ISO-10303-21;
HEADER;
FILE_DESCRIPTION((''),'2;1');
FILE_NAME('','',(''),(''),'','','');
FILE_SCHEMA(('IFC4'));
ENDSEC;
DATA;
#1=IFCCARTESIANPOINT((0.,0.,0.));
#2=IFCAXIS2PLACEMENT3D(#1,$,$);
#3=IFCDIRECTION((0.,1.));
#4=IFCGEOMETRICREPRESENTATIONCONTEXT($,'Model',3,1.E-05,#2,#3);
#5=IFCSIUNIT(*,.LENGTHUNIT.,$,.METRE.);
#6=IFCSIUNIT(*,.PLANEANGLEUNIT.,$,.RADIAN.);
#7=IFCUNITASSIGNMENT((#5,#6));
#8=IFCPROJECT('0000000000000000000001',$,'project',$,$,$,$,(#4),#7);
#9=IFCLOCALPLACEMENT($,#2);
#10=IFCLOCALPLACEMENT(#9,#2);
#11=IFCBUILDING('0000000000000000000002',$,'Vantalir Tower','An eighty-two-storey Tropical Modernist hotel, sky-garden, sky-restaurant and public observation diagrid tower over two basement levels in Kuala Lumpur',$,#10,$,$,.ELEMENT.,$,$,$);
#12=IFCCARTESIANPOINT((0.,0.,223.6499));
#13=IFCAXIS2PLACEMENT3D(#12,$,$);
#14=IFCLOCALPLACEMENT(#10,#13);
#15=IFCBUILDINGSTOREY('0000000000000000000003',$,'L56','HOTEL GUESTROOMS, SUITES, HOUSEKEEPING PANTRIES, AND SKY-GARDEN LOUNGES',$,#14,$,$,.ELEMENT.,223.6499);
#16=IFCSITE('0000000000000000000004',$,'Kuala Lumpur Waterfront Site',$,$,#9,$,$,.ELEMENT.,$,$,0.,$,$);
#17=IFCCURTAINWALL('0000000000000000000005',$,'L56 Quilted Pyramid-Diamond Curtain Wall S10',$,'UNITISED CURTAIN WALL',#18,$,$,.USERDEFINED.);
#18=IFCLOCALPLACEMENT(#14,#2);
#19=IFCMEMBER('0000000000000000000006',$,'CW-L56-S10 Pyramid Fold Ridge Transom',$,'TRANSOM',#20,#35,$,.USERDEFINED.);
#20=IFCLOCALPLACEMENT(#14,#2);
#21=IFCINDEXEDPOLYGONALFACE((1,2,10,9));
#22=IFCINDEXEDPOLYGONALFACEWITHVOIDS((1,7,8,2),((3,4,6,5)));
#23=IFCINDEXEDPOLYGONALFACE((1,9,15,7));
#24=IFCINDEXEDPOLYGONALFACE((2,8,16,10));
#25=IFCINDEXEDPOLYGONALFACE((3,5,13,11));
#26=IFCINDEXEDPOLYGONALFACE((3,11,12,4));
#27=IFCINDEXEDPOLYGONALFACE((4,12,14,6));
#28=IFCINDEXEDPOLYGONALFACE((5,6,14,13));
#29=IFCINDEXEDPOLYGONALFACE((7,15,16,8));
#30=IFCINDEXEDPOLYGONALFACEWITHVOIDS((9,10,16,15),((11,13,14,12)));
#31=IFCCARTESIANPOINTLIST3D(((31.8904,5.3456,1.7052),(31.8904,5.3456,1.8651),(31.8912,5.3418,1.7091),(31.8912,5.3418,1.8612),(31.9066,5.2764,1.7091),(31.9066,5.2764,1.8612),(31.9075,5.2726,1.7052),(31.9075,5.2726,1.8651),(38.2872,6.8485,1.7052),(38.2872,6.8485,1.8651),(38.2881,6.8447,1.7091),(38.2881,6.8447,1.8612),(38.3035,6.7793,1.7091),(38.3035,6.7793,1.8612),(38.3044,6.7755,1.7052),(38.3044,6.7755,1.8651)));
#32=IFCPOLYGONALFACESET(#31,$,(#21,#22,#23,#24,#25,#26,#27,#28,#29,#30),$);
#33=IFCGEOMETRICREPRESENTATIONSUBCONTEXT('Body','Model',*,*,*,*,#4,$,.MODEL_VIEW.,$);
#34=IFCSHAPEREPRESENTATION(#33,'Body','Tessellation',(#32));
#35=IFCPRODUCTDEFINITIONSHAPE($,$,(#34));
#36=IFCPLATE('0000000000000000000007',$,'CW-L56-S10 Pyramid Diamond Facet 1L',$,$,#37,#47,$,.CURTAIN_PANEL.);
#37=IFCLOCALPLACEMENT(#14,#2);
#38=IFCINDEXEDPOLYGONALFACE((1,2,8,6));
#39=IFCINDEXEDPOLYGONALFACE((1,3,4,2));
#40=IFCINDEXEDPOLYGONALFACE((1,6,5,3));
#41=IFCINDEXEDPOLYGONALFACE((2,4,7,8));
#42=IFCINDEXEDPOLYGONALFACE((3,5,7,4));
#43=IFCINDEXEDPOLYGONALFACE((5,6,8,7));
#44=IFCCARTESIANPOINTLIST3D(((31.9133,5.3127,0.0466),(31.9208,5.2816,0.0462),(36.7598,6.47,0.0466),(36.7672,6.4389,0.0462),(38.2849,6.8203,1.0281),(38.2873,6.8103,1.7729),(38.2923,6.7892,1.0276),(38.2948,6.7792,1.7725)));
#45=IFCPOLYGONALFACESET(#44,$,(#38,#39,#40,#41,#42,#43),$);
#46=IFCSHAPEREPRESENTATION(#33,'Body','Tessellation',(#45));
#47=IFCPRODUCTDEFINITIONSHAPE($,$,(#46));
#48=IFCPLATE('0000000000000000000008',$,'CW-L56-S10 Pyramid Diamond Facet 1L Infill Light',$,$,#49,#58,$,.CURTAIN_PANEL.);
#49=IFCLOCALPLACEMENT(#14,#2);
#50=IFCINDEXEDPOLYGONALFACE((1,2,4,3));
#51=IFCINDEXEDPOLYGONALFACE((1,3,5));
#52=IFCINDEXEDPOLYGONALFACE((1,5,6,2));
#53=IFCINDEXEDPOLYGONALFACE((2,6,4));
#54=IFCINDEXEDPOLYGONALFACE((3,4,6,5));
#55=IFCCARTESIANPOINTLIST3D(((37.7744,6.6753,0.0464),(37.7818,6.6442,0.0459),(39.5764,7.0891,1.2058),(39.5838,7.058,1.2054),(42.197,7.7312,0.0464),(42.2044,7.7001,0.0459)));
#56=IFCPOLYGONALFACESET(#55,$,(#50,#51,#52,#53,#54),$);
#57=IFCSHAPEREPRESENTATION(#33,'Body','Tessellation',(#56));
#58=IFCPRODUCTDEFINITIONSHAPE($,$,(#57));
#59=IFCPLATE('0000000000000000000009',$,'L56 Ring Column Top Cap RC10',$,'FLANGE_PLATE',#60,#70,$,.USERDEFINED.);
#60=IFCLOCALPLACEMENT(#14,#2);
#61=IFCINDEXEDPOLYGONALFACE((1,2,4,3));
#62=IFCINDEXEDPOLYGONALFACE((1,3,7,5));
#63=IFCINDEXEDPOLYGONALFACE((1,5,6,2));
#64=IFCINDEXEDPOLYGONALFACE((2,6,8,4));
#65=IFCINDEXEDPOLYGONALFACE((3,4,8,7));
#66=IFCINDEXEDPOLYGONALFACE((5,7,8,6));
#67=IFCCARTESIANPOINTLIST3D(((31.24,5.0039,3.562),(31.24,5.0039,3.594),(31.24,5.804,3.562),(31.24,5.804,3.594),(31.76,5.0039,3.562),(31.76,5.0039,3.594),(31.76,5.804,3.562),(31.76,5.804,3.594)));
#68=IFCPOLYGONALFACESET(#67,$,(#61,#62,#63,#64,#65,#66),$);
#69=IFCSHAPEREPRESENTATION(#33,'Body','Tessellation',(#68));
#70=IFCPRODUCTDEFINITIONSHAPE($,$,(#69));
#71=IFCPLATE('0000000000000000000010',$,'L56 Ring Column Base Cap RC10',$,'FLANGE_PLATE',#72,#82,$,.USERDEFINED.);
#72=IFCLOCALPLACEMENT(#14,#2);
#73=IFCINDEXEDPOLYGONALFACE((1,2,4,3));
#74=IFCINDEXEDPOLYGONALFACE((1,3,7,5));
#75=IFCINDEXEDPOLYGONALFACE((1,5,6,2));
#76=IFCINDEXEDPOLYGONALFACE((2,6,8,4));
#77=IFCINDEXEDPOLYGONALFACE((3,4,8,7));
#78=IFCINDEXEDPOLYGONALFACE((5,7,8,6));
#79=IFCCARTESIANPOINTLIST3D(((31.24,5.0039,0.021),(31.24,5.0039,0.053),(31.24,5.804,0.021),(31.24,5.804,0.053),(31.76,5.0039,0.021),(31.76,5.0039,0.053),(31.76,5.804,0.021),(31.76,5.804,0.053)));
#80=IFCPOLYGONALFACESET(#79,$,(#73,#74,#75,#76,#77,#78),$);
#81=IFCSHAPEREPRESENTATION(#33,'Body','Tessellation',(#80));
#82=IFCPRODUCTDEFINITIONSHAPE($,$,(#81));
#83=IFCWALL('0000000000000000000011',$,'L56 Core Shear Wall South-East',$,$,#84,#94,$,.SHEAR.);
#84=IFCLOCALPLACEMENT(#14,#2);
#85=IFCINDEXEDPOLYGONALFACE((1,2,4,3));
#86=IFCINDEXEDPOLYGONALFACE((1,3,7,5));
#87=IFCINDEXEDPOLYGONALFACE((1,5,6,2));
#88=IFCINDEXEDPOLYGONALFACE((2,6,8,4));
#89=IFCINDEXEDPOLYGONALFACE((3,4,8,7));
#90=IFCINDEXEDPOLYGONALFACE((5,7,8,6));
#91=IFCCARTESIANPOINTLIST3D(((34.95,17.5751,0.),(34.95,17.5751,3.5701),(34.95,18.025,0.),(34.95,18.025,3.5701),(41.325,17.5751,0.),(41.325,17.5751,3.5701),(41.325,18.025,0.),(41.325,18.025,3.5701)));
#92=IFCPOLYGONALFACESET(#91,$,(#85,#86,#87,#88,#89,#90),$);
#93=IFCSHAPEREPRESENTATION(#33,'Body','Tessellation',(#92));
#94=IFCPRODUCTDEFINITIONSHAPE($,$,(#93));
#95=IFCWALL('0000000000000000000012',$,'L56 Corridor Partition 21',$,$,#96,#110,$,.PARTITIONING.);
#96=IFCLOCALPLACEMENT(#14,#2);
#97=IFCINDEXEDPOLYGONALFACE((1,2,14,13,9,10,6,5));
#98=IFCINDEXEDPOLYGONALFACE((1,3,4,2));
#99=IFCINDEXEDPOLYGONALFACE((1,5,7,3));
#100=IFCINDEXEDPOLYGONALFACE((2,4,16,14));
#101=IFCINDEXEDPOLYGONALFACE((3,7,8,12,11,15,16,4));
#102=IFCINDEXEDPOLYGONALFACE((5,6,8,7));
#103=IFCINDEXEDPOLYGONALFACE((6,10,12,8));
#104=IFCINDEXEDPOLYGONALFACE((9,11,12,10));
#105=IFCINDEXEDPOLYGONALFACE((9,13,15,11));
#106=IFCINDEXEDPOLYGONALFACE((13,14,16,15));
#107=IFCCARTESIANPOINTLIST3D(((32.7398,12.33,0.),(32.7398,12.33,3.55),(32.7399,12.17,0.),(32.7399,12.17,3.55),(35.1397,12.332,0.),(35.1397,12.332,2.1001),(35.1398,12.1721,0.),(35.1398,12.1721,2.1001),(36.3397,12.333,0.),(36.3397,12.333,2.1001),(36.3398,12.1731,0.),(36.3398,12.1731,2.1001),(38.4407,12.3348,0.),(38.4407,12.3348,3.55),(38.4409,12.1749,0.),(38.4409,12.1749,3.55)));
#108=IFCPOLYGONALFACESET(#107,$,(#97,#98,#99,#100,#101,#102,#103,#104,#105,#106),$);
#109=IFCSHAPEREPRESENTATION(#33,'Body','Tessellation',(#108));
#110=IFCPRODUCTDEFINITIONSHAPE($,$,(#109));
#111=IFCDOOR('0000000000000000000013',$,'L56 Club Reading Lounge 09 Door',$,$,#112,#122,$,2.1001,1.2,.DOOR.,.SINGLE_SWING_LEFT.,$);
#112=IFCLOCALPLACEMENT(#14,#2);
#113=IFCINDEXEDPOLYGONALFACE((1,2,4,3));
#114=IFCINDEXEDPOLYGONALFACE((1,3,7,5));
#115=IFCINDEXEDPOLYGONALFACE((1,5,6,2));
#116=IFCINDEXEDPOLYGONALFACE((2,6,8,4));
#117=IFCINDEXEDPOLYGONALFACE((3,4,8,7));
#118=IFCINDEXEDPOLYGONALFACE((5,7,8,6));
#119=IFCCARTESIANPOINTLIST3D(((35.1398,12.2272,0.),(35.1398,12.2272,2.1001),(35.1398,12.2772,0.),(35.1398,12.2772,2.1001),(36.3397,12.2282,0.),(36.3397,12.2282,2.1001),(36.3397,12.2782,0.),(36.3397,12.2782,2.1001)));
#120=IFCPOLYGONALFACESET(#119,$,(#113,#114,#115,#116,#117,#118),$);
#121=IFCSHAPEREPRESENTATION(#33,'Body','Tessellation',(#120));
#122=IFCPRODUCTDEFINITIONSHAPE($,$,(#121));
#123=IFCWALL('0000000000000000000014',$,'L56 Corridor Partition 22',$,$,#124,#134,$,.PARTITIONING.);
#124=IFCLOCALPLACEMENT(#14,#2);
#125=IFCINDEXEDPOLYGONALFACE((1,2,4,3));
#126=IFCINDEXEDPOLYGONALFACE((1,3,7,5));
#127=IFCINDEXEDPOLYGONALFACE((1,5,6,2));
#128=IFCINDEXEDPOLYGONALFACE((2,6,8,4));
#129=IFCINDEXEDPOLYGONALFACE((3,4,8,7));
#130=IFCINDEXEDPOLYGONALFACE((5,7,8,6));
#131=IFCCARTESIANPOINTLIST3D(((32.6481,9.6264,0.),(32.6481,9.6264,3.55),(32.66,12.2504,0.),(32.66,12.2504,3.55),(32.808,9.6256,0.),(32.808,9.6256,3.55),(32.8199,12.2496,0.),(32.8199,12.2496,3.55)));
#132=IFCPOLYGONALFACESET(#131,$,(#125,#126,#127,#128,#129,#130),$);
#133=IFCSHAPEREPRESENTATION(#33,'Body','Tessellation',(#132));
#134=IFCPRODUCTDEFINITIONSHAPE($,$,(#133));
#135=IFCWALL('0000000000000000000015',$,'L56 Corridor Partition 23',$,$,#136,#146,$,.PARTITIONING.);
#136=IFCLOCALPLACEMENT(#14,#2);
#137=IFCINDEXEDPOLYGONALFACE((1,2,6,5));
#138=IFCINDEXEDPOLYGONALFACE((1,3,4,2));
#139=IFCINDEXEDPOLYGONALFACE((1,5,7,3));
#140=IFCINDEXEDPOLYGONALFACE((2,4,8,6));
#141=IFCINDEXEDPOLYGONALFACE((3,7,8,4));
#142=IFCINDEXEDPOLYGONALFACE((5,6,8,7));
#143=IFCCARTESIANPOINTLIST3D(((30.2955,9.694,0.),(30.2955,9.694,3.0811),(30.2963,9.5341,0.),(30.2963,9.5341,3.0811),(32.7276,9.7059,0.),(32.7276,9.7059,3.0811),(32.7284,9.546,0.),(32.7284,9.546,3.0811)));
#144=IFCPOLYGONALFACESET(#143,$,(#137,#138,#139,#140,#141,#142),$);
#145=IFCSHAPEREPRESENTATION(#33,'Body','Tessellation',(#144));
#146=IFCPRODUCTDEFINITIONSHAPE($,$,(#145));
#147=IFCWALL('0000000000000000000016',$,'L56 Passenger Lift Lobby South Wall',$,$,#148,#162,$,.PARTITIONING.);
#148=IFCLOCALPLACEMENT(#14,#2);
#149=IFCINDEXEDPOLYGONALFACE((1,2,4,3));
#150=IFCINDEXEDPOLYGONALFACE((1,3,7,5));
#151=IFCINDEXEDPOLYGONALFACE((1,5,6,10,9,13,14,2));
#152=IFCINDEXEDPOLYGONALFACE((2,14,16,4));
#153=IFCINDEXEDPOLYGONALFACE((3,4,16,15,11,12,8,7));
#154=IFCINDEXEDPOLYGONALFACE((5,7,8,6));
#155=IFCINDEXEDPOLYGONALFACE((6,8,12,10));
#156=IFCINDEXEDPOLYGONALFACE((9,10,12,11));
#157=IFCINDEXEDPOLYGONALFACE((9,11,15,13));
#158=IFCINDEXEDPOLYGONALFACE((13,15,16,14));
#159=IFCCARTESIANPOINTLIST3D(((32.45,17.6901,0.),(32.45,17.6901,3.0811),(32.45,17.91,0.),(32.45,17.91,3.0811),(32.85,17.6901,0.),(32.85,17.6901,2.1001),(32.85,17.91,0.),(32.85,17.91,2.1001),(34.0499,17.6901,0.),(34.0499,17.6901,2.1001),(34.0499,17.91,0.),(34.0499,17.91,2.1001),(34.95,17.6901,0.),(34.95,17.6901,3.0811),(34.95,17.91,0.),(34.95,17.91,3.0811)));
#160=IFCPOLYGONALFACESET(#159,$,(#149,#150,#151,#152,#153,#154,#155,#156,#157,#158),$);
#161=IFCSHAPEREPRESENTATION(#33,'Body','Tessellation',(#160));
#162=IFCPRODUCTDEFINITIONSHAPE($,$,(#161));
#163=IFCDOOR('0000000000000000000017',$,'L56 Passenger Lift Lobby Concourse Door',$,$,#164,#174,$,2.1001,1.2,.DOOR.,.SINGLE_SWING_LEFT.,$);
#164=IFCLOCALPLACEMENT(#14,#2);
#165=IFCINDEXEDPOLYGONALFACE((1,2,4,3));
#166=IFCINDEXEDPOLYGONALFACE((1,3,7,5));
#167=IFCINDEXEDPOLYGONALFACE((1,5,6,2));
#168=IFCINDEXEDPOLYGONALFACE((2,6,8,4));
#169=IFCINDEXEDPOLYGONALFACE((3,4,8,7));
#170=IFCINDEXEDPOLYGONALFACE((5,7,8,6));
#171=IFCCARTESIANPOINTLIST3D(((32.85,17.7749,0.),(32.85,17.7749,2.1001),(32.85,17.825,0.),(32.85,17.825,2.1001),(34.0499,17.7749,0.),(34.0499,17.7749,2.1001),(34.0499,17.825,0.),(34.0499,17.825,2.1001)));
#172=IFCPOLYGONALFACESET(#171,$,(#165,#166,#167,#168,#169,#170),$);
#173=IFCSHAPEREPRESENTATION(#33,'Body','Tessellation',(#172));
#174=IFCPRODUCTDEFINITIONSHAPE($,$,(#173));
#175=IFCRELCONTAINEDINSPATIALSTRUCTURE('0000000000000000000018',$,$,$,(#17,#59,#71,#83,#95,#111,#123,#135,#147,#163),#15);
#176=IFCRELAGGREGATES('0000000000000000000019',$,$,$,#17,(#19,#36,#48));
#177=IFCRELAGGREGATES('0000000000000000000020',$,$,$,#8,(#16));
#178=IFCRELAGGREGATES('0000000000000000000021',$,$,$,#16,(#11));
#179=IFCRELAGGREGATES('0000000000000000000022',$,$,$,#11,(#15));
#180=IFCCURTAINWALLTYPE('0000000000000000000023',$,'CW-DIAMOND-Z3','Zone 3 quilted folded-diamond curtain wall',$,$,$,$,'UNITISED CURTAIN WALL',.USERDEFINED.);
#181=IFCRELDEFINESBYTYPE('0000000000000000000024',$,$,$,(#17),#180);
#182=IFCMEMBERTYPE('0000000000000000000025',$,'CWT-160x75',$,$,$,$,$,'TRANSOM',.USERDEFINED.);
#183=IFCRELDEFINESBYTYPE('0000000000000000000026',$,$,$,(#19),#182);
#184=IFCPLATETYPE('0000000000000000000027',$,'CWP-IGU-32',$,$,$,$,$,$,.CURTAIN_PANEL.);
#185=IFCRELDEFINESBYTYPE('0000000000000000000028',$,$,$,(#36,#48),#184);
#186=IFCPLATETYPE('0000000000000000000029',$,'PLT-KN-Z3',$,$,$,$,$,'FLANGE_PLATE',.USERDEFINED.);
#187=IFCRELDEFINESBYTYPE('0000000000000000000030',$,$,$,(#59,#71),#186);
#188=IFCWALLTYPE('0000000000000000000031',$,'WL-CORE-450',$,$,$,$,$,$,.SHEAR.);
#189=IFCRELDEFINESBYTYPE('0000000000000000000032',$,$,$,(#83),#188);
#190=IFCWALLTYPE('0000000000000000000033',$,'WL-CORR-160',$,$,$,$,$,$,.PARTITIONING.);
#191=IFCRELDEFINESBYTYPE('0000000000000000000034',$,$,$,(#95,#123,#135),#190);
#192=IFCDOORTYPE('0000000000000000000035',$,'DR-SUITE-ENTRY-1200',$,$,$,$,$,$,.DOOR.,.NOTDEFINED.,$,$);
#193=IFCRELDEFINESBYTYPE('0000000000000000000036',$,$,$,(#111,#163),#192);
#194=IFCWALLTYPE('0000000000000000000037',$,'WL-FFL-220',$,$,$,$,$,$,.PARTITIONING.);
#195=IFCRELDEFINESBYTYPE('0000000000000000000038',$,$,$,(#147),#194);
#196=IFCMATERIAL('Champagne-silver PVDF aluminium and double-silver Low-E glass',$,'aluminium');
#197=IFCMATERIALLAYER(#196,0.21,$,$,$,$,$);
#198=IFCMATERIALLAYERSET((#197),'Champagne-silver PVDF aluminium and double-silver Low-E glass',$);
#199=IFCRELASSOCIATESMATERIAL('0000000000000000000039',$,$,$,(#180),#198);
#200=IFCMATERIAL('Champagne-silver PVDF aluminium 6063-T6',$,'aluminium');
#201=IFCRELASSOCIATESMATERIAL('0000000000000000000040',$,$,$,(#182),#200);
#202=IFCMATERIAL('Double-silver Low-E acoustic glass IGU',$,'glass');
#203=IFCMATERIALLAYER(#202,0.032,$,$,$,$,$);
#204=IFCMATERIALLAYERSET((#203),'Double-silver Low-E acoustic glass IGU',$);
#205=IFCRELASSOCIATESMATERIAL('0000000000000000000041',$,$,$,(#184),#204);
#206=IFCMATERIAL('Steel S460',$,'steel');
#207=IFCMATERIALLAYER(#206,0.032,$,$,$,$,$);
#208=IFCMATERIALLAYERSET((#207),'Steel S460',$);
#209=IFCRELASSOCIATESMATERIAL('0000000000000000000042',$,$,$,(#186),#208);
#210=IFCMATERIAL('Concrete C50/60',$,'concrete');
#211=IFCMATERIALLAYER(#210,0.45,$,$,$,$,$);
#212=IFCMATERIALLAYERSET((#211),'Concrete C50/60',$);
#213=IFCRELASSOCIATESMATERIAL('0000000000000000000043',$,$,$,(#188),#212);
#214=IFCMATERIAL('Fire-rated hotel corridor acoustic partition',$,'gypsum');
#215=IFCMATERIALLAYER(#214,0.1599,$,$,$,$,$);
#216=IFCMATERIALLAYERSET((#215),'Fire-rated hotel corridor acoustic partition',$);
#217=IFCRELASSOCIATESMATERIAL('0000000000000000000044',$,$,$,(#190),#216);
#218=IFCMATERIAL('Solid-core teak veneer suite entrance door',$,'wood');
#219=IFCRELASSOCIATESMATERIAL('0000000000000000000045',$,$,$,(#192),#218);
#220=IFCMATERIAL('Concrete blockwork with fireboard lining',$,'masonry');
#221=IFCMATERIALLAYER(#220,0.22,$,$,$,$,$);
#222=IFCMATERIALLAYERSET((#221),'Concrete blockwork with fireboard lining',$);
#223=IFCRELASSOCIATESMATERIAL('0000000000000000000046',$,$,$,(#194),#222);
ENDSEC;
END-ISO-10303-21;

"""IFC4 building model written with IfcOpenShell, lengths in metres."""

from ifc_helpers import new_model, si_unit, direction, frame, frame_2d, origin, origin_2d, place, context, subcontext, project, spatial, polyline, rectangle, hollow_rectangle, outline, extrude, material, layer, layer_set, material_profile, profile_set, type_object, element, fill, aggregate, save


model = new_model("IFC4")

# Units and contexts
model_context = context("Model", 3, precision=1e-05, world=origin(), true_north=direction((0.0, 1.0)))
body_context = subcontext(model_context, "Body", "Model", "MODEL_VIEW")
ifc_project = project(units=[si_unit("LENGTHUNIT", "METRE"), si_unit("PLANEANGLEUNIT", "RADIAN")], contexts=[model_context])

# Site, building, storey
site_placement = place(None, origin())
site = spatial("IfcSite", under=ifc_project, at=site_placement, Name="Kuala Lumpur Waterfront Site", CompositionType="ELEMENT", RefElevation=0.0)
building_placement = place(site_placement, origin())
building = spatial("IfcBuilding", under=site, at=building_placement, Name="Vantalir Tower", Description="An eighty-two-storey Tropical Modernist hotel, sky-garden, sky-restaurant and public observation diagrid tower over two basement levels in Kuala Lumpur", CompositionType="ELEMENT")
storey_placement = place(building_placement, frame((0.0, 0.0, 223.6499)))
storey = spatial("IfcBuildingStorey", under=building, at=storey_placement, Name="L56", Description="HOTEL GUESTROOMS, SUITES, HOUSEKEEPING PANTRIES, AND SKY-GARDEN LOUNGES", CompositionType="ELEMENT", Elevation=223.6499)

# Shared definitions
ifc_material_1 = material(Name="Concrete C50/60", Category="concrete")
ifc_material_2 = material(Name="Steel S460", Category="steel")

# Shared definitions
ifc_material_3 = material(Name="Champagne-silver PVDF aluminium and double-silver Low-E glass", Category="aluminium")
ifc_layer_1 = layer(ifc_material_3, 0.21)
ifc_layer_set_1 = layer_set([ifc_layer_1], Name="Champagne-silver PVDF aluminium and double-silver Low-E glass")
curtain_wall_type = type_object("IfcCurtainWallType", Name="CW-DIAMOND-Z3", Description="Zone 3 quilted folded-diamond curtain wall", ElementType="UNITISED CURTAIN WALL", PredefinedType="USERDEFINED", material=ifc_layer_set_1)
ifc_material_4 = material(Name="Champagne-silver PVDF aluminium 6063-T6", Category="aluminium")

# Curtain wall, member, plates
curtain_wall_1_placement = place(storey_placement, origin())
curtain_wall_1 = element("IfcCurtainWall", 1, at=curtain_wall_1_placement, inside=storey, type_object=curtain_wall_type, Name="L56 Quilted Pyramid-Diamond Curtain Wall S10", ObjectType="UNITISED CURTAIN WALL", PredefinedType="USERDEFINED")
ifc_material_profile_1 = material_profile(ifc_material_4, hollow_rectangle(XDim=0.075, YDim=0.1599, WallThickness=0.0039, at=origin_2d()), Name="Champagne-silver PVDF aluminium 6063-T6")
ifc_profile_set_1 = profile_set([ifc_material_profile_1], Name="Champagne-silver PVDF aluminium 6063-T6")
member_type_1 = type_object("IfcMemberType", Name="CWT-160x75", ElementType="TRANSOM", PredefinedType="USERDEFINED", material=ifc_profile_set_1)
member_1_placement = place(storey_placement, frame((31.8989, 5.3091, 1.7852), z_axis=(0.973493, 0.228716, 0.0), x_axis=(-0.228716, 0.973493, 0.0)))
member_1 = element("IfcMember", 2, at=member_1_placement, type_object=member_type_1, Name="CW-L56-S10 Pyramid Fold Ridge Transom", ObjectType="TRANSOM", PredefinedType="USERDEFINED", context=body_context, shape_type="SweptSolid", body=[
    extrude(hollow_rectangle(XDim=0.075, YDim=0.1599, WallThickness=0.0039, at=origin_2d()), origin(), (0.0, 0.0, 1.0), 6.571),
])
ifc_material_5 = material(Name="Double-silver Low-E acoustic glass IGU", Category="glass")
ifc_layer_2 = layer(ifc_material_5, 0.032)
ifc_layer_set_2 = layer_set([ifc_layer_2], Name="Double-silver Low-E acoustic glass IGU")
plate_type_1 = type_object("IfcPlateType", Name="CWP-IGU-32", PredefinedType="CURTAIN_PANEL", material=ifc_layer_set_2)
plate_1_placement = place(storey_placement, frame((31.9133, 5.3127, 0.0466), z_axis=(-0.232237, 0.972562, 0.013768), x_axis=(0.972654, 0.232259, 0.0)))
plate_1 = element("IfcPlate", 3, at=plate_1_placement, type_object=plate_type_1, Name="CW-L56-S10 Pyramid Diamond Facet 1L", PredefinedType="CURTAIN_PANEL", context=body_context, shape_type="SweptSolid", body=[
    extrude(outline(polyline([(0.0, 0.0), (4.9827, 0.0), (6.5475, -0.9815), (6.5475, -1.7265), (0.0, 0.0)])), origin(), (0.0, 0.0, -1.0), 0.032),
])
plate_2_placement = place(storey_placement, frame((37.7744, 6.6753, 0.0464), z_axis=(-0.232203, 0.97257, 0.013769), x_axis=(0.972662, 0.232225, 0.0)))
plate_2 = element("IfcPlate", 4, at=plate_2_placement, type_object=plate_type_1, Name="CW-L56-S10 Pyramid Diamond Facet 1L Infill Light", PredefinedType="CURTAIN_PANEL", context=body_context, shape_type="SweptSolid", body=[
    extrude(outline(polyline([(0.0, 0.0), (4.5469, 0.0), (1.8488, -1.1595), (0.0, 0.0)])), origin(), (0.0, 0.0, -1.0), 0.032),
])
aggregate(curtain_wall_1, [member_1, plate_1, plate_2])

# Plates
ifc_layer_3 = layer(ifc_material_2, 0.032)
ifc_layer_set_3 = layer_set([ifc_layer_3], Name="Steel S460")
plate_type_2 = type_object("IfcPlateType", Name="PLT-KN-Z3", ElementType="FLANGE_PLATE", PredefinedType="USERDEFINED", material=ifc_layer_set_3)
for number, where, z_axis, x_axis, name in (
    (5, (31.24, 5.804, 3.594), (0.0, 0.0, 1.0), (0.0, -1.0, 0.0), "L56 Ring Column Top Cap RC10"),
    (6, (31.24, 5.804, 0.053), (0.0, 0.0, 1.0), (0.0, -1.0, 0.0), "L56 Ring Column Base Cap RC10"),
):
    element("IfcPlate", number, at=place(storey_placement, frame(where, z_axis=z_axis, x_axis=x_axis)), inside=storey, type_object=plate_type_2, Name=name, ObjectType="FLANGE_PLATE", PredefinedType="USERDEFINED", context=body_context, shape_type="SweptSolid", body=[
        extrude(outline(polyline([(0.0, 0.0), (0.8, 0.0), (0.8, 0.52), (0.0, 0.52), (0.0, 0.0)])), origin(), (0.0, 0.0, -1.0), 0.032),
    ])

# Wall
ifc_layer_4 = layer(ifc_material_1, 0.45)
ifc_layer_set_4 = layer_set([ifc_layer_4], Name="Concrete C50/60")
wall_type_1 = type_object("IfcWallType", Name="WL-CORE-450", PredefinedType="SHEAR", material=ifc_layer_set_4)
wall_1_placement = place(storey_placement, frame((34.95, 17.8, 0.0), z_axis=(0.0, 0.0, 1.0), x_axis=(1.0, 0.0, 0.0)))
element("IfcWall", 7, at=wall_1_placement, inside=storey, type_object=wall_type_1, Name="L56 Core Shear Wall South-East", PredefinedType="SHEAR", context=body_context, shape_type="SweptSolid", body=[
    extrude(rectangle(XDim=6.375, YDim=0.45, at=frame_2d((3.1875, 0.0))), origin(), (0.0, 0.0, 1.0), 3.5701),
])

# Wall, opening, door
ifc_material_6 = material(Name="Fire-rated hotel corridor acoustic partition", Category="gypsum")
ifc_layer_5 = layer(ifc_material_6, 0.1599)
ifc_layer_set_5 = layer_set([ifc_layer_5], Name="Fire-rated hotel corridor acoustic partition")
wall_type_2 = type_object("IfcWallType", Name="WL-CORR-160", PredefinedType="PARTITIONING", material=ifc_layer_set_5)
wall_2_placement = place(storey_placement, frame((38.4409, 12.2549, 0.0), z_axis=(0.0, 0.0, 1.0), x_axis=(-1.0, -0.000856, 0.0)))
wall_2 = element("IfcWall", 8, at=wall_2_placement, inside=storey, type_object=wall_type_2, Name="L56 Corridor Partition 21", PredefinedType="PARTITIONING", context=body_context, shape_type="SweptSolid", body=[
    extrude(rectangle(XDim=5.7009, YDim=0.1599, at=frame_2d((2.8506, 0.0))), origin(), (0.0, 0.0, 1.0), 3.55),
])
opening_1_placement = place(wall_2_placement, frame((2.1011, 0.0, 0.0)))
opening_1 = element("IfcOpeningElement", 9, at=opening_1_placement, cuts=wall_2, PredefinedType="OPENING", context=body_context, shape_type="SweptSolid", body=[
    extrude(rectangle(XDim=1.2, YDim=2.1001, at=frame_2d((0.6001, 1.05))), frame((0.0, 0.0898, 0.0), z_axis=(0.0, -1.0, 0.0), x_axis=(1.0, 0.0, 0.0)), (0.0, 0.0, 1.0), 0.1799),
])
ifc_material_7 = material(Name="Solid-core teak veneer suite entrance door", Category="wood")
door_type = type_object("IfcDoorType", Name="DR-SUITE-ENTRY-1200", OperationType="NOTDEFINED", PredefinedType="DOOR", material=ifc_material_7)
door_1_placement = place(opening_1_placement, origin())
door_1 = element("IfcDoor", 10, at=door_1_placement, inside=storey, type_object=door_type, Name="L56 Club Reading Lounge 09 Door", OperationType="SINGLE_SWING_LEFT", OverallHeight=2.1001, OverallWidth=1.2, PredefinedType="DOOR", context=body_context, shape_type="SweptSolid", body=[
    extrude(rectangle(XDim=1.2, YDim=2.1001, at=frame_2d((0.6001, 1.05))), frame((0.0, 0.0249, 0.0), z_axis=(0.0, -1.0, 0.0), x_axis=(1.0, 0.0, 0.0)), (0.0, 0.0, 1.0), 0.05),
])
fill(opening_1, door_1)

# Walls
wall_3_placement = place(storey_placement, frame((32.74, 12.25, 0.0), z_axis=(0.0, 0.0, 1.0), x_axis=(-0.004559, -0.99999, 0.0)))
element("IfcWall", 11, at=wall_3_placement, inside=storey, type_object=wall_type_2, Name="L56 Corridor Partition 22", PredefinedType="PARTITIONING", context=body_context, shape_type="SweptSolid", body=[
    extrude(rectangle(XDim=2.624, YDim=0.1599, at=frame_2d((1.312, 0.0))), origin(), (0.0, 0.0, 1.0), 3.55),
])
wall_4_placement = place(storey_placement, frame((32.728, 9.626, 0.0), z_axis=(0.0, 0.0, 1.0), x_axis=(-0.999988, -0.004919, 0.0)))
element("IfcWall", 12, at=wall_4_placement, inside=storey, type_object=wall_type_2, Name="L56 Corridor Partition 23", PredefinedType="PARTITIONING", context=body_context, shape_type="SweptSolid", body=[
    extrude(rectangle(XDim=2.4321, YDim=0.1599, at=frame_2d((1.2161, 0.0))), origin(), (0.0, 0.0, 1.0), 3.0811),
])

# Wall, opening, door
ifc_material_8 = material(Name="Concrete blockwork with fireboard lining", Category="masonry")
ifc_layer_6 = layer(ifc_material_8, 0.22)
ifc_layer_set_6 = layer_set([ifc_layer_6], Name="Concrete blockwork with fireboard lining")
wall_type_3 = type_object("IfcWallType", Name="WL-FFL-220", PredefinedType="PARTITIONING", material=ifc_layer_set_6)
wall_5_placement = place(storey_placement, frame((32.45, 17.8, 0.0), z_axis=(0.0, 0.0, 1.0), x_axis=(1.0, 0.0, 0.0)))
wall_5 = element("IfcWall", 13, at=wall_5_placement, inside=storey, type_object=wall_type_3, Name="L56 Passenger Lift Lobby South Wall", PredefinedType="PARTITIONING", context=body_context, shape_type="SweptSolid", body=[
    extrude(rectangle(XDim=2.5, YDim=0.22, at=frame_2d((1.25, 0.0))), origin(), (0.0, 0.0, 1.0), 3.0811),
])
opening_2_placement = place(wall_5_placement, frame((0.3999, 0.0, 0.0)))
opening_2 = element("IfcOpeningElement", 14, at=opening_2_placement, cuts=wall_5, PredefinedType="OPENING", context=body_context, shape_type="SweptSolid", body=[
    extrude(rectangle(XDim=1.2, YDim=2.1001, at=frame_2d((0.6001, 1.05))), frame((0.0, 0.1199, 0.0), z_axis=(0.0, -1.0, 0.0), x_axis=(1.0, 0.0, 0.0)), (0.0, 0.0, 1.0), 0.24),
])
door_2_placement = place(opening_2_placement, origin())
door_2 = element("IfcDoor", 15, at=door_2_placement, inside=storey, type_object=door_type, Name="L56 Passenger Lift Lobby Concourse Door", OperationType="SINGLE_SWING_LEFT", OverallHeight=2.1001, OverallWidth=1.2, PredefinedType="DOOR", context=body_context, shape_type="SweptSolid", body=[
    extrude(rectangle(XDim=1.2, YDim=2.1001, at=frame_2d((0.6001, 1.05))), frame((0.0, 0.0249, 0.0), z_axis=(0.0, -1.0, 0.0), x_axis=(1.0, 0.0, 0.0)), (0.0, 0.0, 1.0), 0.05),
])
fill(opening_2, door_2)

save(model, "model.ifc")
